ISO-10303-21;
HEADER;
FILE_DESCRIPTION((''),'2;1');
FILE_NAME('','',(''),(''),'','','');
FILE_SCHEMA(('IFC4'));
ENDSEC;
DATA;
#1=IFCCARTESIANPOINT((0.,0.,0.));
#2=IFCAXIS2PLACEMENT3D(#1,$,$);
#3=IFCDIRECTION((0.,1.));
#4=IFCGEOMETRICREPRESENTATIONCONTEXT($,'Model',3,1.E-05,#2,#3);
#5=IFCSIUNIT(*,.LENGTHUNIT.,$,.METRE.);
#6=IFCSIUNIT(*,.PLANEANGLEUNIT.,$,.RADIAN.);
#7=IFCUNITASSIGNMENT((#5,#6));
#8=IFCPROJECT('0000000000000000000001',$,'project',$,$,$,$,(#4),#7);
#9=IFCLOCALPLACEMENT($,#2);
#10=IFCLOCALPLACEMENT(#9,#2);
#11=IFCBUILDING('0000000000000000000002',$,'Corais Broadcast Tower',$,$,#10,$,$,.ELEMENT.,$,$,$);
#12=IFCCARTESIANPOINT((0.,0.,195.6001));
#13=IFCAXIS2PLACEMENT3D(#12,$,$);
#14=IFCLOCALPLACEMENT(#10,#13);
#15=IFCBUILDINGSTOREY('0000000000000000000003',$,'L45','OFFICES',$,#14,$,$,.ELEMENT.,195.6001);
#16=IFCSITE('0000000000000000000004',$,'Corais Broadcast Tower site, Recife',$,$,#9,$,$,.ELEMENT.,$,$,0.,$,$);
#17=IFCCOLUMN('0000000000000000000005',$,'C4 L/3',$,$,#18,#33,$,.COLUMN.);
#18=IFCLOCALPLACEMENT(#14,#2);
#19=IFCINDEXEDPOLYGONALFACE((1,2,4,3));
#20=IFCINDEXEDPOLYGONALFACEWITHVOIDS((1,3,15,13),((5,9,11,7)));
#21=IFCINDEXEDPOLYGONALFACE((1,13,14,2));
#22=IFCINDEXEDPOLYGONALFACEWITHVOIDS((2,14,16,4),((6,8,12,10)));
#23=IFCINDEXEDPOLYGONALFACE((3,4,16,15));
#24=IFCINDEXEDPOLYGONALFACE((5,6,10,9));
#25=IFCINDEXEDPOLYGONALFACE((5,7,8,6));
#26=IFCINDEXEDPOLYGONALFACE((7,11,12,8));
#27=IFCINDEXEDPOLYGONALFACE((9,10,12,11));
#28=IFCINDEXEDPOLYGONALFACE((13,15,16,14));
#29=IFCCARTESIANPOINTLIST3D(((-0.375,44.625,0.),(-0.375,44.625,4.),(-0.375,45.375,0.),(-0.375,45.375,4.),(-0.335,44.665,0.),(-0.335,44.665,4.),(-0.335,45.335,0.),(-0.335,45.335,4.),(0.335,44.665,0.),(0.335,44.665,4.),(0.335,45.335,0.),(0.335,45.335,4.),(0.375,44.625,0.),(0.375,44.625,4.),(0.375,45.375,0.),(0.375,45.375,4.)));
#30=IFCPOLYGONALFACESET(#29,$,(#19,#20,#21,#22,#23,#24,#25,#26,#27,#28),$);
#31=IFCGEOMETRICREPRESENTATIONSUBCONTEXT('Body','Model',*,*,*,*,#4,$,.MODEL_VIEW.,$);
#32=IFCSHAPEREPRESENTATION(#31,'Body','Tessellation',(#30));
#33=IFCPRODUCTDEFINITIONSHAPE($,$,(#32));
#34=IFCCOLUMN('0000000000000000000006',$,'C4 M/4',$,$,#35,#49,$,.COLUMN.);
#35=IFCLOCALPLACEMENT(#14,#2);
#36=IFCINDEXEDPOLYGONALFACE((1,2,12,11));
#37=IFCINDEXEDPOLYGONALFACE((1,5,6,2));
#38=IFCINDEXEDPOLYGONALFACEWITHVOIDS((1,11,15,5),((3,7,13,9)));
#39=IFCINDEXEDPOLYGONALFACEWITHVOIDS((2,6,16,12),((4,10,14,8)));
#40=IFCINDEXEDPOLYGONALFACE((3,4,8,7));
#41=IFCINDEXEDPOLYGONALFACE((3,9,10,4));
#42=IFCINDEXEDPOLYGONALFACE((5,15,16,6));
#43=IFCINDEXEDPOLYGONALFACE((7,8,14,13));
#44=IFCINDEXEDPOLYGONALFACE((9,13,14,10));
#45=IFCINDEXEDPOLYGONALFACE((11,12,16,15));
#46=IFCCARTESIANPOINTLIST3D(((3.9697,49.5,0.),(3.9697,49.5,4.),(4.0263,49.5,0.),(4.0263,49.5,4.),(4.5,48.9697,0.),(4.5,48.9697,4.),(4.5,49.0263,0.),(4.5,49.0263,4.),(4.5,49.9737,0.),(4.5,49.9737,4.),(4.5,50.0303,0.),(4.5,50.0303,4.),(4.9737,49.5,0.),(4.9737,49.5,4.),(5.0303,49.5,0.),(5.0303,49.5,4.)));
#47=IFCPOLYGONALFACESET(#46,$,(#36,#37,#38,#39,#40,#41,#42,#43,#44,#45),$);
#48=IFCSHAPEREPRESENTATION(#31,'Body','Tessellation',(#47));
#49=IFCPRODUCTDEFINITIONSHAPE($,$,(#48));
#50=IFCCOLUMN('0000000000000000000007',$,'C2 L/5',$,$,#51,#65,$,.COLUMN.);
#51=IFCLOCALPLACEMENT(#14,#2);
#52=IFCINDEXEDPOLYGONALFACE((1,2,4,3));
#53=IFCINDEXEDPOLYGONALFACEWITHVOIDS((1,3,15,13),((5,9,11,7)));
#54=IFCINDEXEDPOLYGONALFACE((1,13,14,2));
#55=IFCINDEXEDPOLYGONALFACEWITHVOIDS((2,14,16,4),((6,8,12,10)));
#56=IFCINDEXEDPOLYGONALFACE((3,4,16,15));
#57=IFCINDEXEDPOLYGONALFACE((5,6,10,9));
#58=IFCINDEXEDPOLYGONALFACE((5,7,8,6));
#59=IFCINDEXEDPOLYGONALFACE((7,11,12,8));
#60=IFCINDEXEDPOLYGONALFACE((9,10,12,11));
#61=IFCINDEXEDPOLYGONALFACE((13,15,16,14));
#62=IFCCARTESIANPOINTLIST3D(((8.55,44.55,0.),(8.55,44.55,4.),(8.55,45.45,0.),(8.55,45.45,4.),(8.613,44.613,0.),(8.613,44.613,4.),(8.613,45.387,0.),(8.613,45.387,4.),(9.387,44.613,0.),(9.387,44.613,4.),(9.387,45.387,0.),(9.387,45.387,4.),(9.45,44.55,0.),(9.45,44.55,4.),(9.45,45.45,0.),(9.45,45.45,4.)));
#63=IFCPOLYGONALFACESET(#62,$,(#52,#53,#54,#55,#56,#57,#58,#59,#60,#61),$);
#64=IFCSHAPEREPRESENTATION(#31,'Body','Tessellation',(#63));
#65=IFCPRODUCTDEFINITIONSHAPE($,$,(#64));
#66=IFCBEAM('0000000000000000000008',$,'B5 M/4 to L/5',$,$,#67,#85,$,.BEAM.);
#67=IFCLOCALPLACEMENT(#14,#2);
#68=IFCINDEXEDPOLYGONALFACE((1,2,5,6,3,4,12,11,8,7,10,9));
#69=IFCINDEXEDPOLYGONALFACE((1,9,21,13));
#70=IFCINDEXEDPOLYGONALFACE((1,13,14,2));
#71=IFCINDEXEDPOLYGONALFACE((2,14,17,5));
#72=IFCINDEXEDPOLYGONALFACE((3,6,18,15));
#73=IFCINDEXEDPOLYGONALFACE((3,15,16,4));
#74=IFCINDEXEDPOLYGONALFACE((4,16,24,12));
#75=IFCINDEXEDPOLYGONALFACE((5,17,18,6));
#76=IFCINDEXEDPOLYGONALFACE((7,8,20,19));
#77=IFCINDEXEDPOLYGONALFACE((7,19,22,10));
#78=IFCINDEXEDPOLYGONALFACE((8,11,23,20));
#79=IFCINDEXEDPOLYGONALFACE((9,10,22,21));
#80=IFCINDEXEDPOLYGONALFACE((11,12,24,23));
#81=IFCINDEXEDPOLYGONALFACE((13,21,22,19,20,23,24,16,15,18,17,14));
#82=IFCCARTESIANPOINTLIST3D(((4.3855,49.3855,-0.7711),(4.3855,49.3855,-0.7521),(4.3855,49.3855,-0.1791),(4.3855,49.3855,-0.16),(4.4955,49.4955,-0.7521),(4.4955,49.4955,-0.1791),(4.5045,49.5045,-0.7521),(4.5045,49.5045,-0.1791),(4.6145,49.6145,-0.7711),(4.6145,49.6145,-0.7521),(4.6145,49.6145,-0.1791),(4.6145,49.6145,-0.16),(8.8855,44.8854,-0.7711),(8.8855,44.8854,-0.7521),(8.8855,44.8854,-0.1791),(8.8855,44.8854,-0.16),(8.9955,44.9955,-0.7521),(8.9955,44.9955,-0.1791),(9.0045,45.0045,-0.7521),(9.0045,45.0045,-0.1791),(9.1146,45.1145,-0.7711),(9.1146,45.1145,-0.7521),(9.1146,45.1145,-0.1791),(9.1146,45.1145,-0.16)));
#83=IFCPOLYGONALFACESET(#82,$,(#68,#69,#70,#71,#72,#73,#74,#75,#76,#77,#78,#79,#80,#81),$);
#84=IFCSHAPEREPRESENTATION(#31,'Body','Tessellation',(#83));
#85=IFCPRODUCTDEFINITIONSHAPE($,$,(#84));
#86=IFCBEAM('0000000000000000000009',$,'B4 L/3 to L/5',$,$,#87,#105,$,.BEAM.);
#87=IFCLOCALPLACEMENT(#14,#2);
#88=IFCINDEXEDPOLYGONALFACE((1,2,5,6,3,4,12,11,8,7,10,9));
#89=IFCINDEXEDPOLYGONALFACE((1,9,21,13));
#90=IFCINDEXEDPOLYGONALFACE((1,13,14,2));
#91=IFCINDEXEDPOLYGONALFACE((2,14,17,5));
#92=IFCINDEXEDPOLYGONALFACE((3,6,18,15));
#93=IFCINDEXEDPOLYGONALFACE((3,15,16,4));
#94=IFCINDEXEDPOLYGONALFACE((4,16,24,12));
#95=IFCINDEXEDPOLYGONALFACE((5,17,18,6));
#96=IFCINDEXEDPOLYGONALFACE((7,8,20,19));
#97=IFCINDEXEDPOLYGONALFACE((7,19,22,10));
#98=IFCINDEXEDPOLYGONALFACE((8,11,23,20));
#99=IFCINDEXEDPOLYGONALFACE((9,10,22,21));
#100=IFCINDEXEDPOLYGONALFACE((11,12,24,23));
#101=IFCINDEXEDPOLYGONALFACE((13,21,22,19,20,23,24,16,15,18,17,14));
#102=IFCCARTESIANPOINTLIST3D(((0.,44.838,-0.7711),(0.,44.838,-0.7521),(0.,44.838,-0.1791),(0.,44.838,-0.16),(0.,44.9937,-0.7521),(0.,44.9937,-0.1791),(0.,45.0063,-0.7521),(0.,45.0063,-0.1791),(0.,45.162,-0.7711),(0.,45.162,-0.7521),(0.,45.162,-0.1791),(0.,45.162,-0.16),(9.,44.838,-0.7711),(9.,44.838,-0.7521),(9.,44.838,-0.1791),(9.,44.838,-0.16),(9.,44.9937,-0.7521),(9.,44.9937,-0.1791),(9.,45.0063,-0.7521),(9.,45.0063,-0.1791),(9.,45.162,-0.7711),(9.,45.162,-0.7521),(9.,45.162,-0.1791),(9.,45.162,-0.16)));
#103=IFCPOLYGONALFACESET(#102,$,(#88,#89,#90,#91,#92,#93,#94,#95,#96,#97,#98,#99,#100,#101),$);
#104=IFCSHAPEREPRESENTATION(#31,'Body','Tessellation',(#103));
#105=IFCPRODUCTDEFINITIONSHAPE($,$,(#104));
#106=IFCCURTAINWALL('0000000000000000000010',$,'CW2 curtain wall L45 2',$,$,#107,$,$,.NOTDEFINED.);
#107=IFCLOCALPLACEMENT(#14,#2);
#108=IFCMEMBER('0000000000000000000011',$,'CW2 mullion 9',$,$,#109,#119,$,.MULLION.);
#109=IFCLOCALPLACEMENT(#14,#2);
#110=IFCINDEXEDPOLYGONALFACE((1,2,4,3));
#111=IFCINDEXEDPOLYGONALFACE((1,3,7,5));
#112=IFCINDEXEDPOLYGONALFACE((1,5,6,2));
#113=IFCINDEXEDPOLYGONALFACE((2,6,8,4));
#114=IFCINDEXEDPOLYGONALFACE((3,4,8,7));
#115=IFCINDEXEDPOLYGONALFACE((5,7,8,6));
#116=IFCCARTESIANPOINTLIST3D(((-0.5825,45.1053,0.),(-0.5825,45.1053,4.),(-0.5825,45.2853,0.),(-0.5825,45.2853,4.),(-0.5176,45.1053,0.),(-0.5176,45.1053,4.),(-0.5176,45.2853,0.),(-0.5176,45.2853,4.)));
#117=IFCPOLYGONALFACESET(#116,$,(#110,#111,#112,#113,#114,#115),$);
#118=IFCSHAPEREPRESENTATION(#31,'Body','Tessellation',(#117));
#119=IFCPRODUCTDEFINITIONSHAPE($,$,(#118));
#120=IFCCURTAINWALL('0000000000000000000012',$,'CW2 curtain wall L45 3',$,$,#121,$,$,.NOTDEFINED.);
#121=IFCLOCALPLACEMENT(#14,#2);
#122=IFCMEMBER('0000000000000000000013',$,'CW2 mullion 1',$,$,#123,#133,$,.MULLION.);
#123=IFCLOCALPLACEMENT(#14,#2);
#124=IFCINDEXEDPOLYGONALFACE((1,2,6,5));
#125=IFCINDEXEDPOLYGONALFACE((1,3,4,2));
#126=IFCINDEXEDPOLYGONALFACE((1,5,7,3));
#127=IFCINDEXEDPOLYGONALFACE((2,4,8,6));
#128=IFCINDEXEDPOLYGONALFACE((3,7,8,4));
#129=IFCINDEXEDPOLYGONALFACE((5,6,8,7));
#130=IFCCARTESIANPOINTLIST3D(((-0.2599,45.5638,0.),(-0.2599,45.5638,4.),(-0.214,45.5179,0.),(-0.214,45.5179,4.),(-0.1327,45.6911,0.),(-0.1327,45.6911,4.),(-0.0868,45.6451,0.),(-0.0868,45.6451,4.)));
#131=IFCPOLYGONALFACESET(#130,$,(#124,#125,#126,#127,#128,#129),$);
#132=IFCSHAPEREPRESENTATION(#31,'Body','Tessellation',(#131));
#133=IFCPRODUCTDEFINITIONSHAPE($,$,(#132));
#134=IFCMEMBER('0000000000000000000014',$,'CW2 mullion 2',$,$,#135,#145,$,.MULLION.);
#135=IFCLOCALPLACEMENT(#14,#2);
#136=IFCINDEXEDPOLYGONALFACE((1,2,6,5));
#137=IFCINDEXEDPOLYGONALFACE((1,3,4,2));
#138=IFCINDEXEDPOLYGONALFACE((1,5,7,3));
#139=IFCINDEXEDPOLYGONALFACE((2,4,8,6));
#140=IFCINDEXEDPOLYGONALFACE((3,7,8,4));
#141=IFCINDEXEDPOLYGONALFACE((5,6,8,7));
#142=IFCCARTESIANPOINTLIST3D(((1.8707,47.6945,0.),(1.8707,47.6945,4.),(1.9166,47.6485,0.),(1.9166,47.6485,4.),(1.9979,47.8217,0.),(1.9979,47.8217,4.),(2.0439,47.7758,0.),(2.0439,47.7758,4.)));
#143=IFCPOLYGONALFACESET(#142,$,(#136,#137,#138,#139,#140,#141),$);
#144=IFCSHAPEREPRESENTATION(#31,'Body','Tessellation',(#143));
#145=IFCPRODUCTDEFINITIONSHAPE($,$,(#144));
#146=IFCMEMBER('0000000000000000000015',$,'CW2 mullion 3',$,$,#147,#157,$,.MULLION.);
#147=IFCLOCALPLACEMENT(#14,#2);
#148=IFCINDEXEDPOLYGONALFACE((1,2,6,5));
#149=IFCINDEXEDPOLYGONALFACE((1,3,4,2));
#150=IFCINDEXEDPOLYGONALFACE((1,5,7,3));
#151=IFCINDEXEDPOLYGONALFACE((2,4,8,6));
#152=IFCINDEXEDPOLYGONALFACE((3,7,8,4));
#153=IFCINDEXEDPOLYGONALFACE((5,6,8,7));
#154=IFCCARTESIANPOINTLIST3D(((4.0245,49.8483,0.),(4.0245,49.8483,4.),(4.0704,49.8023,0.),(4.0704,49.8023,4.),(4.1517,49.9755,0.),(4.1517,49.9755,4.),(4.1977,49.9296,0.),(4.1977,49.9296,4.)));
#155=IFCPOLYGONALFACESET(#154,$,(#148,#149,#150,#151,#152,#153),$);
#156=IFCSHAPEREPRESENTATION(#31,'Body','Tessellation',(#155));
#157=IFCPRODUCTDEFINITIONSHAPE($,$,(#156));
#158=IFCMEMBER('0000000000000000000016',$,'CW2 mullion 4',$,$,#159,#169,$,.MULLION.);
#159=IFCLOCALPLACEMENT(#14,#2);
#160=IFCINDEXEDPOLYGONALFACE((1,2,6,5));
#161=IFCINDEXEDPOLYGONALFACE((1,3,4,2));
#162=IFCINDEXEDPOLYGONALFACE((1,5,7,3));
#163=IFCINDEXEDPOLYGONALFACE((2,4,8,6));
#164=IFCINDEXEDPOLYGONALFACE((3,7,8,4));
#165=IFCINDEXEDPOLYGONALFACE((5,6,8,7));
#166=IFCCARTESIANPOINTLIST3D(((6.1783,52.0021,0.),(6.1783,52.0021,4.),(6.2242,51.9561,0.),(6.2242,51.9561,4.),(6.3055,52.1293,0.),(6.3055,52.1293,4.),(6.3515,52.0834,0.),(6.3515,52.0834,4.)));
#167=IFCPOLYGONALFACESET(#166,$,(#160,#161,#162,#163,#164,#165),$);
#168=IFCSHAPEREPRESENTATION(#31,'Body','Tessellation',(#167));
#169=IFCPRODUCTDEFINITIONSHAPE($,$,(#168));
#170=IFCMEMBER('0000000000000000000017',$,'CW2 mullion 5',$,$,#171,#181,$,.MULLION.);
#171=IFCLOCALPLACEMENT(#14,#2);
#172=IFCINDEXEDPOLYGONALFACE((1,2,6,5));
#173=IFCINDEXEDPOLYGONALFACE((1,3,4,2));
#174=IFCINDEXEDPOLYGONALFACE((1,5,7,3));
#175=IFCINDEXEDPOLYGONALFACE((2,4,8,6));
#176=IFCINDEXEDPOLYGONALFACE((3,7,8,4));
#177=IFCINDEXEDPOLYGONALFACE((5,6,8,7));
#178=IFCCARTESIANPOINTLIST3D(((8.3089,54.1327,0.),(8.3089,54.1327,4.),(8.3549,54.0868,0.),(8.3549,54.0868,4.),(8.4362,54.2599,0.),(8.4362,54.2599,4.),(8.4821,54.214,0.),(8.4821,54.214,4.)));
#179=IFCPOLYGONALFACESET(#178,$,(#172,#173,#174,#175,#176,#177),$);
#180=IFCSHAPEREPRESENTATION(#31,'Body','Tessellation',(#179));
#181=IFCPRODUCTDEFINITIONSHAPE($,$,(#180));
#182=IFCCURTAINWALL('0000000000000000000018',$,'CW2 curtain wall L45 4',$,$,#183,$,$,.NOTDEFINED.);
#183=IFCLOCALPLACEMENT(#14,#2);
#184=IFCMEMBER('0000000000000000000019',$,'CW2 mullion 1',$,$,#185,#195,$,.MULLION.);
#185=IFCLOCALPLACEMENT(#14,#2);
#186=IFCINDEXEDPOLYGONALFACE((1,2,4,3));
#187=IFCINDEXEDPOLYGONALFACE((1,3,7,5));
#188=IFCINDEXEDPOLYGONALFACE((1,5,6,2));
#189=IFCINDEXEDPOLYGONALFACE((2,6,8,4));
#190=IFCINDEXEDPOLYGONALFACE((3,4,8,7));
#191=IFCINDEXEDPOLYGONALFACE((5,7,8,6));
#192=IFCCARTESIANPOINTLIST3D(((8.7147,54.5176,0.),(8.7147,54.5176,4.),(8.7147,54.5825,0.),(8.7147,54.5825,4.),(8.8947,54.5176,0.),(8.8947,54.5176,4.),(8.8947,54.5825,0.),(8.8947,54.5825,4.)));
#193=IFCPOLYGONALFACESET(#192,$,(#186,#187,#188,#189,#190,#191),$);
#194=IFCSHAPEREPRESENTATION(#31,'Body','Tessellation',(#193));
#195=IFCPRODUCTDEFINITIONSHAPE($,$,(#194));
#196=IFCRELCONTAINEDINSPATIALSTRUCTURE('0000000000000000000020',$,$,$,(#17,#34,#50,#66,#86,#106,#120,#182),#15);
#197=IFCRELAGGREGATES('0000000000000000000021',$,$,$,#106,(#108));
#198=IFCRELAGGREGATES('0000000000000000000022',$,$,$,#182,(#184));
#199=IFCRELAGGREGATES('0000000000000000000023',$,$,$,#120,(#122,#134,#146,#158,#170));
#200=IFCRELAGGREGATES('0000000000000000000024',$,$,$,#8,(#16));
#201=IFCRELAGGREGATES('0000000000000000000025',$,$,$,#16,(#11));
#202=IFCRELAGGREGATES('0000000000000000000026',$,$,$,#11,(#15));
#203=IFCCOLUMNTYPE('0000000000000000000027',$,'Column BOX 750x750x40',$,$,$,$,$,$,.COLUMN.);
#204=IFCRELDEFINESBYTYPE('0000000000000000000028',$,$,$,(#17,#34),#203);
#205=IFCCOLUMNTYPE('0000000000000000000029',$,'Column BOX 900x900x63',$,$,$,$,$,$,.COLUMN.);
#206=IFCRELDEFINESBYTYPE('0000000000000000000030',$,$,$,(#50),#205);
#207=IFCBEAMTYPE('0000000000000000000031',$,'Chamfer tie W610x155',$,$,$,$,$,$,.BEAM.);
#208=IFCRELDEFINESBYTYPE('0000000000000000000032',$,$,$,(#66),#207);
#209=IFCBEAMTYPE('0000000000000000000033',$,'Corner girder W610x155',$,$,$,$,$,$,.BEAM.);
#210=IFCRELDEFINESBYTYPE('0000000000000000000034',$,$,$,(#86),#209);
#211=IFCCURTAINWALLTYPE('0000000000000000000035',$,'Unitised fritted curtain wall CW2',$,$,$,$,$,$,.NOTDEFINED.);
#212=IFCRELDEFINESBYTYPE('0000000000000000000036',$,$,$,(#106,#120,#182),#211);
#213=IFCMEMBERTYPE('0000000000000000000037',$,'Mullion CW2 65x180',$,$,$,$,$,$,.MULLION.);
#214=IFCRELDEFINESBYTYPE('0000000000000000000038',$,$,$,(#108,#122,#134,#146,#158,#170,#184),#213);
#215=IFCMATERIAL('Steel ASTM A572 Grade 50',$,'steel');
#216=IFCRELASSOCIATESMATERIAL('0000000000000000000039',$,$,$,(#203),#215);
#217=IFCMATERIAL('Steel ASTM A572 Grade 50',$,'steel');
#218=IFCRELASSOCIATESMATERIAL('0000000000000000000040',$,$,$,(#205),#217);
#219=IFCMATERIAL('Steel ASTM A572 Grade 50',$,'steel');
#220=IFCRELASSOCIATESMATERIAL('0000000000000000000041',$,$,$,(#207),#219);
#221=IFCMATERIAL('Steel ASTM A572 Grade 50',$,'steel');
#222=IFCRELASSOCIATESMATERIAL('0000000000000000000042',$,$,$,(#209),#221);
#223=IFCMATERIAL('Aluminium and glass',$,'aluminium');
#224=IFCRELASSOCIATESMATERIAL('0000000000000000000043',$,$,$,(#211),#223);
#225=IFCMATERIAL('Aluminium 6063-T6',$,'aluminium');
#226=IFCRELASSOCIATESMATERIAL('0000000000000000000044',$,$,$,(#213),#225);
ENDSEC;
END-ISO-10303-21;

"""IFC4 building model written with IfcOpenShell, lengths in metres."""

from ifc_helpers import new_model, si_unit, direction, frame, origin, origin_2d, place, context, subcontext, project, spatial, rectangle, hollow_rectangle, i_section, extrude, material, material_profile, profile_set, type_object, element, aggregate, save


model = new_model("IFC4")

# Units and contexts
model_context = context("Model", 3, precision=1e-05, world=origin(), true_north=direction((0.0, 1.0)))
body_context = subcontext(model_context, "Body", "Model", "MODEL_VIEW")
ifc_project = project(units=[si_unit("LENGTHUNIT", "METRE"), si_unit("PLANEANGLEUNIT", "RADIAN")], contexts=[model_context])

# Site, building, storey
site_placement = place(None, origin())
site = spatial("IfcSite", under=ifc_project, at=site_placement, Name="Corais Broadcast Tower site, Recife", CompositionType="ELEMENT", RefElevation=0.0)
building_placement = place(site_placement, origin())
building = spatial("IfcBuilding", under=site, at=building_placement, Name="Corais Broadcast Tower", CompositionType="ELEMENT")
storey_placement = place(building_placement, frame((0.0, 0.0, 195.6001)))
storey = spatial("IfcBuildingStorey", under=building, at=storey_placement, Name="L45", Description="OFFICES", CompositionType="ELEMENT", Elevation=195.6001)

# Columns
ifc_material_1 = material(Name="Steel ASTM A572 Grade 50", Category="steel")
ifc_material_profile_1 = material_profile(ifc_material_1, hollow_rectangle(XDim=0.75, YDim=0.75, WallThickness=0.04, at=origin_2d()), Name="BOX 750x750x40")
ifc_profile_set_1 = profile_set([ifc_material_profile_1], Name="Steel ASTM A572 Grade 50")
column_type_1 = type_object("IfcColumnType", Name="Column BOX 750x750x40", PredefinedType="COLUMN", material=ifc_profile_set_1)
for number, where, z_axis, x_axis, name in (
    (1, (0.0, 45.0, 0.0), (0.0, 0.0, 1.0), (1.0, 0.0, 0.0), "C4 L/3"),
    (2, (4.5, 49.5, 0.0), (0.0, 0.0, 1.0), (0.707107, 0.707107, 0.0), "C4 M/4"),
):
    element("IfcColumn", number, at=place(storey_placement, frame(where, z_axis=z_axis, x_axis=x_axis)), inside=storey, type_object=column_type_1, Name=name, PredefinedType="COLUMN", context=body_context, shape_type="SweptSolid", body=[
        extrude(hollow_rectangle(XDim=0.75, YDim=0.75, WallThickness=0.04, at=origin_2d()), origin(), (0.0, 0.0, 1.0), 4.0),
    ])
ifc_material_2 = material(Name="Steel ASTM A572 Grade 50", Category="steel")
ifc_material_profile_2 = material_profile(ifc_material_2, hollow_rectangle(XDim=0.8999, YDim=0.8999, WallThickness=0.063, at=origin_2d()), Name="BOX 900x900x63")
ifc_profile_set_2 = profile_set([ifc_material_profile_2], Name="Steel ASTM A572 Grade 50")
column_type_2 = type_object("IfcColumnType", Name="Column BOX 900x900x63", PredefinedType="COLUMN", material=ifc_profile_set_2)
column_placement = place(storey_placement, frame((9.0, 45.0, 0.0), z_axis=(0.0, 0.0, 1.0), x_axis=(1.0, 0.0, 0.0)))
element("IfcColumn", 3, at=column_placement, inside=storey, type_object=column_type_2, Name="C2 L/5", PredefinedType="COLUMN", context=body_context, shape_type="SweptSolid", body=[
    extrude(hollow_rectangle(XDim=0.8999, YDim=0.8999, WallThickness=0.063, at=origin_2d()), origin(), (0.0, 0.0, 1.0), 4.0),
])

# Beams
ifc_material_3 = material(Name="Steel ASTM A572 Grade 50", Category="steel")
ifc_material_profile_3 = material_profile(ifc_material_3, i_section(OverallWidth=0.324, OverallDepth=0.6111, WebThickness=0.0127, FlangeThickness=0.019, at=origin_2d()), Name="W610x155")
ifc_profile_set_3 = profile_set([ifc_material_profile_3], Name="Steel ASTM A572 Grade 50")
beam_type_1 = type_object("IfcBeamType", Name="Chamfer tie W610x155", PredefinedType="BEAM", material=ifc_profile_set_3)
beam_1_placement = place(storey_placement, frame((4.5, 49.5, -0.4656), z_axis=(0.707107, -0.707107, 0.0), x_axis=(0.707107, 0.707107, 0.0)))
element("IfcBeam", 4, at=beam_1_placement, inside=storey, type_object=beam_type_1, Name="B5 M/4 to L/5", PredefinedType="BEAM", context=body_context, shape_type="SweptSolid", body=[
    extrude(i_section(OverallWidth=0.324, OverallDepth=0.6111, WebThickness=0.0127, FlangeThickness=0.019, at=origin_2d()), origin(), (0.0, 0.0, 1.0), 6.364),
])
ifc_material_4 = material(Name="Steel ASTM A572 Grade 50", Category="steel")
ifc_material_profile_4 = material_profile(ifc_material_4, i_section(OverallWidth=0.324, OverallDepth=0.6111, WebThickness=0.0127, FlangeThickness=0.019, at=origin_2d()), Name="W610x155")
ifc_profile_set_4 = profile_set([ifc_material_profile_4], Name="Steel ASTM A572 Grade 50")
beam_type_2 = type_object("IfcBeamType", Name="Corner girder W610x155", PredefinedType="BEAM", material=ifc_profile_set_4)
beam_2_placement = place(storey_placement, frame((0.0, 45.0, -0.4656), z_axis=(1.0, 0.0, 0.0), x_axis=(0.0, 1.0, 0.0)))
element("IfcBeam", 5, at=beam_2_placement, inside=storey, type_object=beam_type_2, Name="B4 L/3 to L/5", PredefinedType="BEAM", context=body_context, shape_type="SweptSolid", body=[
    extrude(i_section(OverallWidth=0.324, OverallDepth=0.6111, WebThickness=0.0127, FlangeThickness=0.019, at=origin_2d()), origin(), (0.0, 0.0, 1.0), 9.0),
])

# Curtain wall, member
ifc_material_5 = material(Name="Aluminium and glass", Category="aluminium")
curtain_wall_type = type_object("IfcCurtainWallType", Name="Unitised fritted curtain wall CW2", PredefinedType="NOTDEFINED", material=ifc_material_5)
curtain_wall_1_placement = place(storey_placement, origin())
curtain_wall_1 = element("IfcCurtainWall", 6, at=curtain_wall_1_placement, inside=storey, type_object=curtain_wall_type, Name="CW2 curtain wall L45 2", PredefinedType="NOTDEFINED")
ifc_material_6 = material(Name="Aluminium 6063-T6", Category="aluminium")
ifc_material_profile_5 = material_profile(ifc_material_6, rectangle(XDim=0.0649, YDim=0.1799, at=origin_2d()), Name="Mullion CW2 65x180")
ifc_profile_set_5 = profile_set([ifc_material_profile_5], Name="Aluminium 6063-T6")
member_type_1 = type_object("IfcMemberType", Name="Mullion CW2 65x180", PredefinedType="MULLION", material=ifc_profile_set_5)
member_1_placement = place(storey_placement, frame((-0.55, 45.1953, 0.0), z_axis=(0.0, 0.0, 1.0), x_axis=(-1.0, 0.0, 0.0)))
member_1 = element("IfcMember", 7, at=member_1_placement, type_object=member_type_1, Name="CW2 mullion 9", PredefinedType="MULLION", context=body_context, shape_type="SweptSolid", body=[
    extrude(rectangle(XDim=0.0649, YDim=0.1799, at=origin_2d()), origin(), (0.0, 0.0, 1.0), 4.0),
])
aggregate(curtain_wall_1, [member_1])

# Curtain wall, members
curtain_wall_2_placement = place(storey_placement, origin())
curtain_wall_2 = element("IfcCurtainWall", 8, at=curtain_wall_2_placement, inside=storey, type_object=curtain_wall_type, Name="CW2 curtain wall L45 3", PredefinedType="NOTDEFINED")
member_2_placement = place(storey_placement, frame((-0.1733, 45.6045, 0.0), z_axis=(0.0, 0.0, 1.0), x_axis=(-0.707107, 0.707107, 0.0)))
member_2 = element("IfcMember", 9, at=member_2_placement, type_object=member_type_1, Name="CW2 mullion 1", PredefinedType="MULLION", context=body_context, shape_type="SweptSolid", body=[
    extrude(rectangle(XDim=0.0649, YDim=0.1799, at=origin_2d()), origin(), (0.0, 0.0, 1.0), 4.0),
])
member_3_placement = place(storey_placement, frame((1.9573, 47.7351, 0.0), z_axis=(0.0, 0.0, 1.0), x_axis=(-0.707107, 0.707107, 0.0)))
member_3 = element("IfcMember", 10, at=member_3_placement, type_object=member_type_1, Name="CW2 mullion 2", PredefinedType="MULLION", context=body_context, shape_type="SweptSolid", body=[
    extrude(rectangle(XDim=0.0649, YDim=0.1799, at=origin_2d()), origin(), (0.0, 0.0, 1.0), 4.0),
])
member_4_placement = place(storey_placement, frame((4.1111, 49.8889, 0.0), z_axis=(0.0, 0.0, 1.0), x_axis=(-0.707107, 0.707107, 0.0)))
member_4 = element("IfcMember", 11, at=member_4_placement, type_object=member_type_1, Name="CW2 mullion 3", PredefinedType="MULLION", context=body_context, shape_type="SweptSolid", body=[
    extrude(rectangle(XDim=0.0649, YDim=0.1799, at=origin_2d()), origin(), (0.0, 0.0, 1.0), 4.0),
])
member_5_placement = place(storey_placement, frame((6.2649, 52.0427, 0.0), z_axis=(0.0, 0.0, 1.0), x_axis=(-0.707107, 0.707107, 0.0)))
member_5 = element("IfcMember", 12, at=member_5_placement, type_object=member_type_1, Name="CW2 mullion 4", PredefinedType="MULLION", context=body_context, shape_type="SweptSolid", body=[
    extrude(rectangle(XDim=0.0649, YDim=0.1799, at=origin_2d()), origin(), (0.0, 0.0, 1.0), 4.0),
])
member_6_placement = place(storey_placement, frame((8.3955, 54.1733, 0.0), z_axis=(0.0, 0.0, 1.0), x_axis=(-0.707107, 0.707107, 0.0)))
member_6 = element("IfcMember", 13, at=member_6_placement, type_object=member_type_1, Name="CW2 mullion 5", PredefinedType="MULLION", context=body_context, shape_type="SweptSolid", body=[
    extrude(rectangle(XDim=0.0649, YDim=0.1799, at=origin_2d()), origin(), (0.0, 0.0, 1.0), 4.0),
])

# Curtain wall, member
curtain_wall_3_placement = place(storey_placement, origin())
curtain_wall_3 = element("IfcCurtainWall", 14, at=curtain_wall_3_placement, inside=storey, type_object=curtain_wall_type, Name="CW2 curtain wall L45 4", PredefinedType="NOTDEFINED")
member_7_placement = place(storey_placement, frame((8.8047, 54.55, 0.0), z_axis=(0.0, 0.0, 1.0), x_axis=(0.0, 1.0, 0.0)))
member_7 = element("IfcMember", 15, at=member_7_placement, type_object=member_type_1, Name="CW2 mullion 1", PredefinedType="MULLION", context=body_context, shape_type="SweptSolid", body=[
    extrude(rectangle(XDim=0.0649, YDim=0.1799, at=origin_2d()), origin(), (0.0, 0.0, 1.0), 4.0),
])

aggregate(curtain_wall_3, [member_7])

aggregate(curtain_wall_2, [member_2, member_3, member_4, member_5, member_6])

save(model, "model.ifc")
